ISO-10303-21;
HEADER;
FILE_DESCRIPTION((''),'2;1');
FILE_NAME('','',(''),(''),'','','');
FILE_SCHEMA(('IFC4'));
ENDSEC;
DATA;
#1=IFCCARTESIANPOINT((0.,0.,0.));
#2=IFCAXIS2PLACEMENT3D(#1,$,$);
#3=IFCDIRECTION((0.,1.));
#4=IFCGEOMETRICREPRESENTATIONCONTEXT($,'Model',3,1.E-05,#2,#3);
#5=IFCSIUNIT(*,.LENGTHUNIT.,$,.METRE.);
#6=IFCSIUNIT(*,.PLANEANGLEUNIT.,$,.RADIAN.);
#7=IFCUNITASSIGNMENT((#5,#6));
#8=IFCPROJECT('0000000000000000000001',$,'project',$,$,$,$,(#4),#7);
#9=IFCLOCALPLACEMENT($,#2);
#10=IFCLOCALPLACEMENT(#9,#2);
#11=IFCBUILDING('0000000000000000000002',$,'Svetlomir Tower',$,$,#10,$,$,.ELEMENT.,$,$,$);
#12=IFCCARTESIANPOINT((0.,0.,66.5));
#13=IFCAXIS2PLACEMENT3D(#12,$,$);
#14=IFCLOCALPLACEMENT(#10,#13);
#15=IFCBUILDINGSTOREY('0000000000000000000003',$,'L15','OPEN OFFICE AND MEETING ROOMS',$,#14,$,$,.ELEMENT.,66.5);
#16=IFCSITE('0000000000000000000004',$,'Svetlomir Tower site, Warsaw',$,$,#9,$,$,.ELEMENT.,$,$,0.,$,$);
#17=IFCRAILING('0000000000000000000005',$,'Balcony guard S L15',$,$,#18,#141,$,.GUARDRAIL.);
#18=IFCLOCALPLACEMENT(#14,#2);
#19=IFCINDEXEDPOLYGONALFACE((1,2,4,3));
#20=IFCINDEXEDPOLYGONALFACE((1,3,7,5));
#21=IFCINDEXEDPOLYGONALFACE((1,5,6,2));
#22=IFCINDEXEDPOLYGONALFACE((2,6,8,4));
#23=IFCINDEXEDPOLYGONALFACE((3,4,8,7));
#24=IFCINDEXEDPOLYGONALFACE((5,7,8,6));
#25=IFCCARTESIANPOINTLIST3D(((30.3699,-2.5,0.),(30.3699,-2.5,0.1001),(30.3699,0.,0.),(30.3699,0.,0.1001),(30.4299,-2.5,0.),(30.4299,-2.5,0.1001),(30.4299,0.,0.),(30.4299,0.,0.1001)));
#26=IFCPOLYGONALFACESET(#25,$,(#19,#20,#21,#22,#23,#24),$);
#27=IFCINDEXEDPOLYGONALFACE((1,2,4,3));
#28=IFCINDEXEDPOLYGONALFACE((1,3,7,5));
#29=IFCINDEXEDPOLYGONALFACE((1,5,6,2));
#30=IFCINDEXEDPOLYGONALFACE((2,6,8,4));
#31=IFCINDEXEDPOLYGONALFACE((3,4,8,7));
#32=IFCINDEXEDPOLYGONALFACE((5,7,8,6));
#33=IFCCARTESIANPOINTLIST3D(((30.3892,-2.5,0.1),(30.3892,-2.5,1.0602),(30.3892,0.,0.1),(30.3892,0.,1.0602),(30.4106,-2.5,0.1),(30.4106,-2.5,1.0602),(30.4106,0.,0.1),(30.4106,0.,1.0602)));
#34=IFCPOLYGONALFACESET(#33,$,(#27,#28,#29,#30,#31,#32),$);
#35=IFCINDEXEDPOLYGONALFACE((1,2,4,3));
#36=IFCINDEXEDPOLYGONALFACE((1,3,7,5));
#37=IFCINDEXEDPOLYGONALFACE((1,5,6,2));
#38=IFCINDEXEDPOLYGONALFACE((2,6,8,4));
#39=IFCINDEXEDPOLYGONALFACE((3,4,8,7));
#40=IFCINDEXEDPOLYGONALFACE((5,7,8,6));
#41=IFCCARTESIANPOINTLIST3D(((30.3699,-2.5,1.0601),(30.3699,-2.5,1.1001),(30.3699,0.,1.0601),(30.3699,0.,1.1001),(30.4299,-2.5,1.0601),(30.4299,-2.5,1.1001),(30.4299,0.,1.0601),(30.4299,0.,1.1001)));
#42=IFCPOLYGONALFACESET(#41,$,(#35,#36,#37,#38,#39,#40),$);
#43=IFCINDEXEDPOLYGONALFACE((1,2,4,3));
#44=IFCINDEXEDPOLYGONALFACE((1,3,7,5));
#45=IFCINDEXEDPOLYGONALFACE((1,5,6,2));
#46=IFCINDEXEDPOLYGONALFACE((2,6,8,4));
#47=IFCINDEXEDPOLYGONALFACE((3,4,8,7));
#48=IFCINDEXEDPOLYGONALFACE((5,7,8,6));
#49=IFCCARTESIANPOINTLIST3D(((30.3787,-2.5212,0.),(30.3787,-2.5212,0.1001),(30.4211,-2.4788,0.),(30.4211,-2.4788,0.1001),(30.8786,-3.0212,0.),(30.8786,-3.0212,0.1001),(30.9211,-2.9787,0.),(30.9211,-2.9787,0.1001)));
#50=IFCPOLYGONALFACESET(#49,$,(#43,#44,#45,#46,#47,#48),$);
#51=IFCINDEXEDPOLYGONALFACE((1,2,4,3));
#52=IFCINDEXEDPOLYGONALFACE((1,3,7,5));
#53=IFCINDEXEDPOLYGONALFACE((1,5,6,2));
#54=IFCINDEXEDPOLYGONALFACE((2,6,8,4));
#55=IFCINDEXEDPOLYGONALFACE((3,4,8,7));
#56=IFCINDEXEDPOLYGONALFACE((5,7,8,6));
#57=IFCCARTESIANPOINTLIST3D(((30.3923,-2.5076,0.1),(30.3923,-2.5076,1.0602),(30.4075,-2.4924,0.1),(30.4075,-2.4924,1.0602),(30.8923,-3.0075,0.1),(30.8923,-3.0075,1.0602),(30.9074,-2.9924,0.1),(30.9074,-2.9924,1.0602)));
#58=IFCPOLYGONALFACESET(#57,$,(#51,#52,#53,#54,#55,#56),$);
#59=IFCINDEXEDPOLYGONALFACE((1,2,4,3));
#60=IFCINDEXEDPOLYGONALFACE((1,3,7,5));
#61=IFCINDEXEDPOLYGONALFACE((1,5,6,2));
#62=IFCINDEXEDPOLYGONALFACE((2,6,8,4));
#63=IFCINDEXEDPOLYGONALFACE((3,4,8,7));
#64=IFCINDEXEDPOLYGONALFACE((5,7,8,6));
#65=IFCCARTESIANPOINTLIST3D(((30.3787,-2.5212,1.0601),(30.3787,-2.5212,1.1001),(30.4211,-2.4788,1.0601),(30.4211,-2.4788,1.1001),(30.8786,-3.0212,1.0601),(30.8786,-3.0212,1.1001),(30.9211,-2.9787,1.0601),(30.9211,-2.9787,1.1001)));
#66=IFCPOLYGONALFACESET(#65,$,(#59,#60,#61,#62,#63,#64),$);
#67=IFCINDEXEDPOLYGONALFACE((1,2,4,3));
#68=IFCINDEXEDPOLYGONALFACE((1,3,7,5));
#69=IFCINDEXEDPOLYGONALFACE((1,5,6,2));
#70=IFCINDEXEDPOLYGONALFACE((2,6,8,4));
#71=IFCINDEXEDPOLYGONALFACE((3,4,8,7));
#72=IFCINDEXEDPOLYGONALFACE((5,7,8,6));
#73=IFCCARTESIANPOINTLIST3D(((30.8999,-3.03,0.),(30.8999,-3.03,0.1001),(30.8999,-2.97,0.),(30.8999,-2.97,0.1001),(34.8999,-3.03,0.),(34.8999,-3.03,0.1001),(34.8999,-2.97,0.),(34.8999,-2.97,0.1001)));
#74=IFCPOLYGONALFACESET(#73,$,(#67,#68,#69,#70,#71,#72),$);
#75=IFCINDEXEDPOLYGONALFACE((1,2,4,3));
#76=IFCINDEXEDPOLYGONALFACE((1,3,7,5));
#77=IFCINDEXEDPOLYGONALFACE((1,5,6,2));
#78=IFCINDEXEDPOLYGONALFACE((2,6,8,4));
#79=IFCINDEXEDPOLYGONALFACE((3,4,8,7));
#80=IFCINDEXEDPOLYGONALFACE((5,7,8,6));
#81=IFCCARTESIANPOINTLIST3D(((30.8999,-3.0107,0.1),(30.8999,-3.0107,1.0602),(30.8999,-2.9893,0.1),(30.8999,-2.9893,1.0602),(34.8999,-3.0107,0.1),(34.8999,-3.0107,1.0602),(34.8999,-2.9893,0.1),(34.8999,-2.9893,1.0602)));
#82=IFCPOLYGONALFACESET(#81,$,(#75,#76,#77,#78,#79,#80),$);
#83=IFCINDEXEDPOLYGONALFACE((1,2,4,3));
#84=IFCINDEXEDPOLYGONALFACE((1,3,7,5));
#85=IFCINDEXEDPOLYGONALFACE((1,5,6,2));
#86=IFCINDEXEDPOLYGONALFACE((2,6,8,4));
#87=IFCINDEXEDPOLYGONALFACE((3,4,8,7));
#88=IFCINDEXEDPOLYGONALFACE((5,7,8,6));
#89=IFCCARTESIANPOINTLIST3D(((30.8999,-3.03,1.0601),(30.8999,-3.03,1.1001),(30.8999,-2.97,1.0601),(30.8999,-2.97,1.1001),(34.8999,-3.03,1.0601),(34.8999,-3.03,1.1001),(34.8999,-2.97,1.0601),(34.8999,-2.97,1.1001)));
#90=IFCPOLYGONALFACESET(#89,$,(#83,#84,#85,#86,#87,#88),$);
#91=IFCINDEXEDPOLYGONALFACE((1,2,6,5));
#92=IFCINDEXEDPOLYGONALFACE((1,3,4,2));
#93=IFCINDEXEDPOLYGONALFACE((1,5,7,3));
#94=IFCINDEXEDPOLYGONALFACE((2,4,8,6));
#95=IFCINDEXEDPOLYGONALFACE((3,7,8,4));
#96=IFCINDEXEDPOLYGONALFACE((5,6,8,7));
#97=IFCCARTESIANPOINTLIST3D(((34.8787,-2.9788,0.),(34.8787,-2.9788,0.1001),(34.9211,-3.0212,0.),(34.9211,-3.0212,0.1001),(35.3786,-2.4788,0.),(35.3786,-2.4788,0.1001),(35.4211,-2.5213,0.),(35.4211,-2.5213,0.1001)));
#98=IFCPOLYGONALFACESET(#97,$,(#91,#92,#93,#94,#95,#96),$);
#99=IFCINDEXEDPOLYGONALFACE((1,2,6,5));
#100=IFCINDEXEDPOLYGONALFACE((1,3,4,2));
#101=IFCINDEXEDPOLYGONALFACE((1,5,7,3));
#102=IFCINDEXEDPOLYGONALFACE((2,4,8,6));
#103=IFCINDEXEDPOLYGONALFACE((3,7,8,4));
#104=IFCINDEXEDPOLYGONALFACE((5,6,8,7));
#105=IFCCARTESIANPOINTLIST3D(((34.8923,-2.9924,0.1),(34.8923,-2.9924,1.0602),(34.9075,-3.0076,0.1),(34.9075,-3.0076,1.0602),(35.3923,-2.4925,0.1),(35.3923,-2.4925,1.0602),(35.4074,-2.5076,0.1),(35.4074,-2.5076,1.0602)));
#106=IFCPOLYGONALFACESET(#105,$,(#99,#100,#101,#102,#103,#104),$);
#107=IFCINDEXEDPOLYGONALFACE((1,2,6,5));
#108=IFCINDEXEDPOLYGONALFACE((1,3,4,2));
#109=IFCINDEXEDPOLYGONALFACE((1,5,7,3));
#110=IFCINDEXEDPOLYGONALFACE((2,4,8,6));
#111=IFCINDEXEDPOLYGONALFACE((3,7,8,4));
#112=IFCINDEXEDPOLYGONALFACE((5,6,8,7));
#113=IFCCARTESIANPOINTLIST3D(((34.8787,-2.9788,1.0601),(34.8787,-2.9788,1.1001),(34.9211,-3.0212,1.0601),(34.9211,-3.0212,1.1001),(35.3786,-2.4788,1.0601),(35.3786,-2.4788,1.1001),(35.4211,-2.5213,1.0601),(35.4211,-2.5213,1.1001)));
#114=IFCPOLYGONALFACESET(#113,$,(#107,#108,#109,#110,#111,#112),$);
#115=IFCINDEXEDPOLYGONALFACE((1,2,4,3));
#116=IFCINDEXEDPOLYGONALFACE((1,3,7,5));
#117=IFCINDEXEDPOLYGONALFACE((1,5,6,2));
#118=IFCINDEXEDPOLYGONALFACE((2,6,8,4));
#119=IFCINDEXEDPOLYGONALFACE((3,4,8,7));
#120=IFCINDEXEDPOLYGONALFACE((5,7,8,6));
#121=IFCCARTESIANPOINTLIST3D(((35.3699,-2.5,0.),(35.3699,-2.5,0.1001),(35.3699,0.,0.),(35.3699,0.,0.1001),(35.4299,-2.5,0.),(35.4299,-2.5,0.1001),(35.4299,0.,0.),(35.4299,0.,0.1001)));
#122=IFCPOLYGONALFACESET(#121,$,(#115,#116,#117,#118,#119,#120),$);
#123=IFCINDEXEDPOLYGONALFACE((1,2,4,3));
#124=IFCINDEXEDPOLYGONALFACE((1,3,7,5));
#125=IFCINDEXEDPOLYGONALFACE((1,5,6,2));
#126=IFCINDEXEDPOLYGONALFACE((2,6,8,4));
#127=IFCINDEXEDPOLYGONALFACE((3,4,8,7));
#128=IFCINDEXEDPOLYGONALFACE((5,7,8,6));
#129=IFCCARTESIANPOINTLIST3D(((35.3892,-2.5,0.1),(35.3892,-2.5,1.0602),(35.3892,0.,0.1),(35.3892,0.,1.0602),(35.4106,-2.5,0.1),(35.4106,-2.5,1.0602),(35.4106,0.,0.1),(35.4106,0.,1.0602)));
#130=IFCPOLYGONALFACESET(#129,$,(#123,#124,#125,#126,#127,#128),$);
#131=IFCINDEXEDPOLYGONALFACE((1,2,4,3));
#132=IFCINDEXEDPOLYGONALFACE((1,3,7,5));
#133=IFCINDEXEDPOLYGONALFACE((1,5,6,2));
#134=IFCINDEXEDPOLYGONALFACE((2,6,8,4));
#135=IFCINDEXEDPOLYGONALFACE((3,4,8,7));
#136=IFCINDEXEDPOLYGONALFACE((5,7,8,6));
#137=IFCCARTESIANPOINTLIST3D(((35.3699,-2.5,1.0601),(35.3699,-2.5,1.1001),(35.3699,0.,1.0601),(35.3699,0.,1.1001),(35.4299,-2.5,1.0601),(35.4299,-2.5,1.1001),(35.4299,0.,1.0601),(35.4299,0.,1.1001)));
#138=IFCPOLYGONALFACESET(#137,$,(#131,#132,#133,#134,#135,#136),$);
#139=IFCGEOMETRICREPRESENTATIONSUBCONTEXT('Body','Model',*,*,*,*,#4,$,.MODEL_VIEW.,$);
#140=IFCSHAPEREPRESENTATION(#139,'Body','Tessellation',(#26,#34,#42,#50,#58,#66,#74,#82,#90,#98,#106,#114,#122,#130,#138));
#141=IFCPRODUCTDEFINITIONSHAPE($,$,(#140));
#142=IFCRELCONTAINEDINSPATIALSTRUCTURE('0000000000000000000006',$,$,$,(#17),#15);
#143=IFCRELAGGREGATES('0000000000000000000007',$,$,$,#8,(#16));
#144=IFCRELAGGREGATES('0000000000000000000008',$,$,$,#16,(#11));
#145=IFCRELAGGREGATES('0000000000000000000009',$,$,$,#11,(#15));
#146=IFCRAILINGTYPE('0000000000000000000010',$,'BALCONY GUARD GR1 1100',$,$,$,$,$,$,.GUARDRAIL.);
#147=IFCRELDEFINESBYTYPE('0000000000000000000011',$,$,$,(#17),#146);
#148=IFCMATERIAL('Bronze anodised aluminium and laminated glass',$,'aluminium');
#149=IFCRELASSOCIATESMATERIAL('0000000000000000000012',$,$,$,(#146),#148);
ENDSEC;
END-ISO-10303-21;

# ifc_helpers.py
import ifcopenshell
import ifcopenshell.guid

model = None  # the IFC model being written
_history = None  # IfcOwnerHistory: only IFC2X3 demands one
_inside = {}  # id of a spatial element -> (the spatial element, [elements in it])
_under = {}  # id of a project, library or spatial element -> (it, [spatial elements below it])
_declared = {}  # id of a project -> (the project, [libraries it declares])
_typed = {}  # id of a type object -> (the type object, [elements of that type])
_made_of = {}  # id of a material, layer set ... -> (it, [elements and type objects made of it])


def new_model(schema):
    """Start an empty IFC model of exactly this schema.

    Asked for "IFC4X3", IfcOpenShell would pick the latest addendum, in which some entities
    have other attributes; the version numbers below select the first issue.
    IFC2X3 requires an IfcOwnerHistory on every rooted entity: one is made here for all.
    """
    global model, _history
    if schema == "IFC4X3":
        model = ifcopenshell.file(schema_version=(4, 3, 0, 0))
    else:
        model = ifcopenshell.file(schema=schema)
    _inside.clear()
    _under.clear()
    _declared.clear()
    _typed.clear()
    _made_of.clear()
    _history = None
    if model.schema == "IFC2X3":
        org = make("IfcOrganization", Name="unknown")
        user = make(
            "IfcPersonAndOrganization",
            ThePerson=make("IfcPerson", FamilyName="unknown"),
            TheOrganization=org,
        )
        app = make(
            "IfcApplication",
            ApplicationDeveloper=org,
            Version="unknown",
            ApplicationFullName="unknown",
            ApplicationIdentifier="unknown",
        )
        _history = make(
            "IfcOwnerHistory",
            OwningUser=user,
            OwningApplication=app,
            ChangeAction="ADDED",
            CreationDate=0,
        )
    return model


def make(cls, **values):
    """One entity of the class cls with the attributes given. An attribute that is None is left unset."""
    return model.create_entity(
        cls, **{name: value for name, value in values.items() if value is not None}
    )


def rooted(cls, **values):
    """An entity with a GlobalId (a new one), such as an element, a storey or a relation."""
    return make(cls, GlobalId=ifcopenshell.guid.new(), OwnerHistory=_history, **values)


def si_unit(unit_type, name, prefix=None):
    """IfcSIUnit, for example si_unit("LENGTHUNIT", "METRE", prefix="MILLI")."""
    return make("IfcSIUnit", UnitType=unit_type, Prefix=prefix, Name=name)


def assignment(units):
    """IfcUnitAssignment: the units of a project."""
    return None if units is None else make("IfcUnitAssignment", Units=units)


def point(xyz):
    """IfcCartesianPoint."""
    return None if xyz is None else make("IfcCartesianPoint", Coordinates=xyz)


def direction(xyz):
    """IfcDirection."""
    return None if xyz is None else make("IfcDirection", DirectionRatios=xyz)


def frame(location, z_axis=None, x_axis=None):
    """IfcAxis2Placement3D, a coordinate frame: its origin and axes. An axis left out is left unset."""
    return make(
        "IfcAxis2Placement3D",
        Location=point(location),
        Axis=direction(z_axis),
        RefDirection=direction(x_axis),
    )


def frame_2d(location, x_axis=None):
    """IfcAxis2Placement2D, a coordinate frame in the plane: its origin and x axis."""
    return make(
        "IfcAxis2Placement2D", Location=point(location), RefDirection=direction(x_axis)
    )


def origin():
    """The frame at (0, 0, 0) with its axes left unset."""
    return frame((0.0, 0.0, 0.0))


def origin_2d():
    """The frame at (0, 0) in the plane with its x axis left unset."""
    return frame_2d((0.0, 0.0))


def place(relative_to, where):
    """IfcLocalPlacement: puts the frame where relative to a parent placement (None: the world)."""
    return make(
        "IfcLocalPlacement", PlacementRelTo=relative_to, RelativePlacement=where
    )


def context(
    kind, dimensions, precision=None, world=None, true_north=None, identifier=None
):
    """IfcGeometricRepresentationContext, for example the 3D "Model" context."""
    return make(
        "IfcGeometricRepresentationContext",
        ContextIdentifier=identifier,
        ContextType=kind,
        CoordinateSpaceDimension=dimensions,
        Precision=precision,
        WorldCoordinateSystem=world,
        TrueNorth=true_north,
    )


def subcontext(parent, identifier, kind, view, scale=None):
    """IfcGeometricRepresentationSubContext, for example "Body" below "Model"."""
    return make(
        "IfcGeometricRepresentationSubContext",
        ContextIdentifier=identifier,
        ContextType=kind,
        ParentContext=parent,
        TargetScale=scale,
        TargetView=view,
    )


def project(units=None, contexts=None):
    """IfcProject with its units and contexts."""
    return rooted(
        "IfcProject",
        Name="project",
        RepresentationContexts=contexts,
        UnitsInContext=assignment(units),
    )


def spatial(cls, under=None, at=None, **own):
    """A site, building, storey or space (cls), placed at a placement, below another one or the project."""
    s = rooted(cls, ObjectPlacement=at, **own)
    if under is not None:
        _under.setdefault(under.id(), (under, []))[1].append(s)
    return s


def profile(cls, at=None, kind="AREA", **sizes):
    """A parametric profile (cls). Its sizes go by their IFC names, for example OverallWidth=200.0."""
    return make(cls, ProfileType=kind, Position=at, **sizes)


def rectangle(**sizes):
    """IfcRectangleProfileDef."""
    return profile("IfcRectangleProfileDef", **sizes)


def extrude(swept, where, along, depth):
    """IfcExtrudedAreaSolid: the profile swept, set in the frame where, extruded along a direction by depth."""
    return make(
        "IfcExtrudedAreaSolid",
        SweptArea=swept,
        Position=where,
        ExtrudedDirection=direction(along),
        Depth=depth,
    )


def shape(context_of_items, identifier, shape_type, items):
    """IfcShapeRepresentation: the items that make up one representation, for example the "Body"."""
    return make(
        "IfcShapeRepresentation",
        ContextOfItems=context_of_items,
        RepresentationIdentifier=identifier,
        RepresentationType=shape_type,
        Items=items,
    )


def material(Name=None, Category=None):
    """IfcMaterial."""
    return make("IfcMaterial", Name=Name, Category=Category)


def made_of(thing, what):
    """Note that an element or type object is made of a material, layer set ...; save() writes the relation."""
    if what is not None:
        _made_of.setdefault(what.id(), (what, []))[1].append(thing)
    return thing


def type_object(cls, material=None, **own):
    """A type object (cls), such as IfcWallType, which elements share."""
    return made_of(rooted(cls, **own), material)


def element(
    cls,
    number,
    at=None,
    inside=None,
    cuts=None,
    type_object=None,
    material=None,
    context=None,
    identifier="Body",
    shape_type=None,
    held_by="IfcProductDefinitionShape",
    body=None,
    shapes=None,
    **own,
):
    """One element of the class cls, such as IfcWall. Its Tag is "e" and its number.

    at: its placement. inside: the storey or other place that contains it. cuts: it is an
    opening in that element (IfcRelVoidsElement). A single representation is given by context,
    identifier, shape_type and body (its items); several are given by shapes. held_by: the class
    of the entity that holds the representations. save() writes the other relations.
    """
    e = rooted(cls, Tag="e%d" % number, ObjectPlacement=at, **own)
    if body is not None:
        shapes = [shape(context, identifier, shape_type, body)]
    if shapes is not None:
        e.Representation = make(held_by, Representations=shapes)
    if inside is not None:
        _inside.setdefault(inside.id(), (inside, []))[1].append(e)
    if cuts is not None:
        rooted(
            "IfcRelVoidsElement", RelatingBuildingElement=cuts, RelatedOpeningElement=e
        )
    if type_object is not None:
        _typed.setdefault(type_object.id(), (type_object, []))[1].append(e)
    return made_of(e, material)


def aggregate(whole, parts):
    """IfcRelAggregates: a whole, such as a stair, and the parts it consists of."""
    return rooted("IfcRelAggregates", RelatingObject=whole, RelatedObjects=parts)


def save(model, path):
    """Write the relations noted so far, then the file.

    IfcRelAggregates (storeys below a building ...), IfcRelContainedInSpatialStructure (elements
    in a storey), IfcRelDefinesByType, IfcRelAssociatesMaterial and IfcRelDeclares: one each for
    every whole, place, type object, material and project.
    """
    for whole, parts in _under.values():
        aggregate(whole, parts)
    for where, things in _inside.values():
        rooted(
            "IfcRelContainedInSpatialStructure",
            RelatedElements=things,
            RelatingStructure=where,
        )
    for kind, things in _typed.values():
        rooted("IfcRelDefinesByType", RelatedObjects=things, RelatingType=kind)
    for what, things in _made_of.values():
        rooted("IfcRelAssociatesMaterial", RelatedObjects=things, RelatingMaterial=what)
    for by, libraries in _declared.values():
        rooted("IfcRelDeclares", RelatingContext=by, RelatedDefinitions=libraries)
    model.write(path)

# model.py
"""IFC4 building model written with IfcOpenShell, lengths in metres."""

from ifc_helpers import new_model, si_unit, direction, frame, origin, origin_2d, place, context, subcontext, project, spatial, rectangle, extrude, material, type_object, element, save


model = new_model("IFC4")

# Units and contexts
model_context = context("Model", 3, precision=1e-05, world=origin(), true_north=direction((0.0, 1.0)))
body_context = subcontext(model_context, "Body", "Model", "MODEL_VIEW")
ifc_project = project(units=[si_unit("LENGTHUNIT", "METRE"), si_unit("PLANEANGLEUNIT", "RADIAN")], contexts=[model_context])

# Site, building, storey
site_placement = place(None, origin())
site = spatial("IfcSite", under=ifc_project, at=site_placement, Name="Svetlomir Tower site, Warsaw", CompositionType="ELEMENT", RefElevation=0.0)
building_placement = place(site_placement, origin())
building = spatial("IfcBuilding", under=site, at=building_placement, Name="Svetlomir Tower", CompositionType="ELEMENT")
storey_placement = place(building_placement, frame((0.0, 0.0, 66.5)))
storey = spatial("IfcBuildingStorey", under=building, at=storey_placement, Name="L15", Description="OPEN OFFICE AND MEETING ROOMS", CompositionType="ELEMENT", Elevation=66.5)

# Railing
ifc_material_1 = material(Name="Bronze anodised aluminium and laminated glass", Category="aluminium")
railing_type = type_object("IfcRailingType", Name="BALCONY GUARD GR1 1100", PredefinedType="GUARDRAIL", material=ifc_material_1)
railing_placement = place(storey_placement, frame((30.3999, 0.0, 0.0)))
element("IfcRailing", 1, at=railing_placement, inside=storey, type_object=railing_type, Name="Balcony guard S L15", PredefinedType="GUARDRAIL", context=body_context, shape_type="SweptSolid", body=[
    extrude(rectangle(XDim=0.0601, YDim=0.1001, at=origin_2d()), frame((0.0, 0.0, 0.05), z_axis=(0.0, -1.0, 0.0), x_axis=(1.0, 0.0, 0.0)), (0.0, 0.0, 1.0), 2.5),
    extrude(rectangle(XDim=0.0215, YDim=0.9602, at=origin_2d()), frame((0.0, 0.0, 0.5801), z_axis=(0.0, -1.0, 0.0), x_axis=(1.0, 0.0, 0.0)), (0.0, 0.0, 1.0), 2.5),
    extrude(rectangle(XDim=0.0601, YDim=0.04, at=origin_2d()), frame((0.0, 0.0, 1.0801), z_axis=(0.0, -1.0, 0.0), x_axis=(1.0, 0.0, 0.0)), (0.0, 0.0, 1.0), 2.5),
    extrude(rectangle(XDim=0.0601, YDim=0.1001, at=origin_2d()), frame((0.0, -2.5, 0.05), z_axis=(0.707107, -0.707107, 0.0), x_axis=(0.707107, 0.707107, 0.0)), (0.0, 0.0, 1.0), 0.707),
    extrude(rectangle(XDim=0.0215, YDim=0.9602, at=origin_2d()), frame((0.0, -2.5, 0.5801), z_axis=(0.707107, -0.707107, 0.0), x_axis=(0.707107, 0.707107, 0.0)), (0.0, 0.0, 1.0), 0.707),
    extrude(rectangle(XDim=0.0601, YDim=0.04, at=origin_2d()), frame((0.0, -2.5, 1.0801), z_axis=(0.707107, -0.707107, 0.0), x_axis=(0.707107, 0.707107, 0.0)), (0.0, 0.0, 1.0), 0.707),
    extrude(rectangle(XDim=0.0601, YDim=0.1001, at=origin_2d()), frame((0.5, -3.0, 0.05), z_axis=(1.0, 0.0, 0.0), x_axis=(0.0, 1.0, 0.0)), (0.0, 0.0, 1.0), 4.0),
    extrude(rectangle(XDim=0.0215, YDim=0.9602, at=origin_2d()), frame((0.5, -3.0, 0.5801), z_axis=(1.0, 0.0, 0.0), x_axis=(0.0, 1.0, 0.0)), (0.0, 0.0, 1.0), 4.0),
    extrude(rectangle(XDim=0.0601, YDim=0.04, at=origin_2d()), frame((0.5, -3.0, 1.0801), z_axis=(1.0, 0.0, 0.0), x_axis=(0.0, 1.0, 0.0)), (0.0, 0.0, 1.0), 4.0),
    extrude(rectangle(XDim=0.0601, YDim=0.1001, at=origin_2d()), frame((4.5, -3.0, 0.05), z_axis=(0.707107, 0.707107, 0.0), x_axis=(-0.707107, 0.707107, 0.0)), (0.0, 0.0, 1.0), 0.707),
    extrude(rectangle(XDim=0.0215, YDim=0.9602, at=origin_2d()), frame((4.5, -3.0, 0.5801), z_axis=(0.707107, 0.707107, 0.0), x_axis=(-0.707107, 0.707107, 0.0)), (0.0, 0.0, 1.0), 0.707),
    extrude(rectangle(XDim=0.0601, YDim=0.04, at=origin_2d()), frame((4.5, -3.0, 1.0801), z_axis=(0.707107, 0.707107, 0.0), x_axis=(-0.707107, 0.707107, 0.0)), (0.0, 0.0, 1.0), 0.707),
    extrude(rectangle(XDim=0.0601, YDim=0.1001, at=origin_2d()), frame((5.0, -2.5, 0.05), z_axis=(0.0, 1.0, 0.0), x_axis=(-1.0, 0.0, 0.0)), (0.0, 0.0, 1.0), 2.5),
    extrude(rectangle(XDim=0.0215, YDim=0.9602, at=origin_2d()), frame((5.0, -2.5, 0.5801), z_axis=(0.0, 1.0, 0.0), x_axis=(-1.0, 0.0, 0.0)), (0.0, 0.0, 1.0), 2.5),
    extrude(rectangle(XDim=0.0601, YDim=0.04, at=origin_2d()), frame((5.0, -2.5, 1.0801), z_axis=(0.0, 1.0, 0.0), x_axis=(-1.0, 0.0, 0.0)), (0.0, 0.0, 1.0), 2.5),
])

save(model, "model.ifc")
